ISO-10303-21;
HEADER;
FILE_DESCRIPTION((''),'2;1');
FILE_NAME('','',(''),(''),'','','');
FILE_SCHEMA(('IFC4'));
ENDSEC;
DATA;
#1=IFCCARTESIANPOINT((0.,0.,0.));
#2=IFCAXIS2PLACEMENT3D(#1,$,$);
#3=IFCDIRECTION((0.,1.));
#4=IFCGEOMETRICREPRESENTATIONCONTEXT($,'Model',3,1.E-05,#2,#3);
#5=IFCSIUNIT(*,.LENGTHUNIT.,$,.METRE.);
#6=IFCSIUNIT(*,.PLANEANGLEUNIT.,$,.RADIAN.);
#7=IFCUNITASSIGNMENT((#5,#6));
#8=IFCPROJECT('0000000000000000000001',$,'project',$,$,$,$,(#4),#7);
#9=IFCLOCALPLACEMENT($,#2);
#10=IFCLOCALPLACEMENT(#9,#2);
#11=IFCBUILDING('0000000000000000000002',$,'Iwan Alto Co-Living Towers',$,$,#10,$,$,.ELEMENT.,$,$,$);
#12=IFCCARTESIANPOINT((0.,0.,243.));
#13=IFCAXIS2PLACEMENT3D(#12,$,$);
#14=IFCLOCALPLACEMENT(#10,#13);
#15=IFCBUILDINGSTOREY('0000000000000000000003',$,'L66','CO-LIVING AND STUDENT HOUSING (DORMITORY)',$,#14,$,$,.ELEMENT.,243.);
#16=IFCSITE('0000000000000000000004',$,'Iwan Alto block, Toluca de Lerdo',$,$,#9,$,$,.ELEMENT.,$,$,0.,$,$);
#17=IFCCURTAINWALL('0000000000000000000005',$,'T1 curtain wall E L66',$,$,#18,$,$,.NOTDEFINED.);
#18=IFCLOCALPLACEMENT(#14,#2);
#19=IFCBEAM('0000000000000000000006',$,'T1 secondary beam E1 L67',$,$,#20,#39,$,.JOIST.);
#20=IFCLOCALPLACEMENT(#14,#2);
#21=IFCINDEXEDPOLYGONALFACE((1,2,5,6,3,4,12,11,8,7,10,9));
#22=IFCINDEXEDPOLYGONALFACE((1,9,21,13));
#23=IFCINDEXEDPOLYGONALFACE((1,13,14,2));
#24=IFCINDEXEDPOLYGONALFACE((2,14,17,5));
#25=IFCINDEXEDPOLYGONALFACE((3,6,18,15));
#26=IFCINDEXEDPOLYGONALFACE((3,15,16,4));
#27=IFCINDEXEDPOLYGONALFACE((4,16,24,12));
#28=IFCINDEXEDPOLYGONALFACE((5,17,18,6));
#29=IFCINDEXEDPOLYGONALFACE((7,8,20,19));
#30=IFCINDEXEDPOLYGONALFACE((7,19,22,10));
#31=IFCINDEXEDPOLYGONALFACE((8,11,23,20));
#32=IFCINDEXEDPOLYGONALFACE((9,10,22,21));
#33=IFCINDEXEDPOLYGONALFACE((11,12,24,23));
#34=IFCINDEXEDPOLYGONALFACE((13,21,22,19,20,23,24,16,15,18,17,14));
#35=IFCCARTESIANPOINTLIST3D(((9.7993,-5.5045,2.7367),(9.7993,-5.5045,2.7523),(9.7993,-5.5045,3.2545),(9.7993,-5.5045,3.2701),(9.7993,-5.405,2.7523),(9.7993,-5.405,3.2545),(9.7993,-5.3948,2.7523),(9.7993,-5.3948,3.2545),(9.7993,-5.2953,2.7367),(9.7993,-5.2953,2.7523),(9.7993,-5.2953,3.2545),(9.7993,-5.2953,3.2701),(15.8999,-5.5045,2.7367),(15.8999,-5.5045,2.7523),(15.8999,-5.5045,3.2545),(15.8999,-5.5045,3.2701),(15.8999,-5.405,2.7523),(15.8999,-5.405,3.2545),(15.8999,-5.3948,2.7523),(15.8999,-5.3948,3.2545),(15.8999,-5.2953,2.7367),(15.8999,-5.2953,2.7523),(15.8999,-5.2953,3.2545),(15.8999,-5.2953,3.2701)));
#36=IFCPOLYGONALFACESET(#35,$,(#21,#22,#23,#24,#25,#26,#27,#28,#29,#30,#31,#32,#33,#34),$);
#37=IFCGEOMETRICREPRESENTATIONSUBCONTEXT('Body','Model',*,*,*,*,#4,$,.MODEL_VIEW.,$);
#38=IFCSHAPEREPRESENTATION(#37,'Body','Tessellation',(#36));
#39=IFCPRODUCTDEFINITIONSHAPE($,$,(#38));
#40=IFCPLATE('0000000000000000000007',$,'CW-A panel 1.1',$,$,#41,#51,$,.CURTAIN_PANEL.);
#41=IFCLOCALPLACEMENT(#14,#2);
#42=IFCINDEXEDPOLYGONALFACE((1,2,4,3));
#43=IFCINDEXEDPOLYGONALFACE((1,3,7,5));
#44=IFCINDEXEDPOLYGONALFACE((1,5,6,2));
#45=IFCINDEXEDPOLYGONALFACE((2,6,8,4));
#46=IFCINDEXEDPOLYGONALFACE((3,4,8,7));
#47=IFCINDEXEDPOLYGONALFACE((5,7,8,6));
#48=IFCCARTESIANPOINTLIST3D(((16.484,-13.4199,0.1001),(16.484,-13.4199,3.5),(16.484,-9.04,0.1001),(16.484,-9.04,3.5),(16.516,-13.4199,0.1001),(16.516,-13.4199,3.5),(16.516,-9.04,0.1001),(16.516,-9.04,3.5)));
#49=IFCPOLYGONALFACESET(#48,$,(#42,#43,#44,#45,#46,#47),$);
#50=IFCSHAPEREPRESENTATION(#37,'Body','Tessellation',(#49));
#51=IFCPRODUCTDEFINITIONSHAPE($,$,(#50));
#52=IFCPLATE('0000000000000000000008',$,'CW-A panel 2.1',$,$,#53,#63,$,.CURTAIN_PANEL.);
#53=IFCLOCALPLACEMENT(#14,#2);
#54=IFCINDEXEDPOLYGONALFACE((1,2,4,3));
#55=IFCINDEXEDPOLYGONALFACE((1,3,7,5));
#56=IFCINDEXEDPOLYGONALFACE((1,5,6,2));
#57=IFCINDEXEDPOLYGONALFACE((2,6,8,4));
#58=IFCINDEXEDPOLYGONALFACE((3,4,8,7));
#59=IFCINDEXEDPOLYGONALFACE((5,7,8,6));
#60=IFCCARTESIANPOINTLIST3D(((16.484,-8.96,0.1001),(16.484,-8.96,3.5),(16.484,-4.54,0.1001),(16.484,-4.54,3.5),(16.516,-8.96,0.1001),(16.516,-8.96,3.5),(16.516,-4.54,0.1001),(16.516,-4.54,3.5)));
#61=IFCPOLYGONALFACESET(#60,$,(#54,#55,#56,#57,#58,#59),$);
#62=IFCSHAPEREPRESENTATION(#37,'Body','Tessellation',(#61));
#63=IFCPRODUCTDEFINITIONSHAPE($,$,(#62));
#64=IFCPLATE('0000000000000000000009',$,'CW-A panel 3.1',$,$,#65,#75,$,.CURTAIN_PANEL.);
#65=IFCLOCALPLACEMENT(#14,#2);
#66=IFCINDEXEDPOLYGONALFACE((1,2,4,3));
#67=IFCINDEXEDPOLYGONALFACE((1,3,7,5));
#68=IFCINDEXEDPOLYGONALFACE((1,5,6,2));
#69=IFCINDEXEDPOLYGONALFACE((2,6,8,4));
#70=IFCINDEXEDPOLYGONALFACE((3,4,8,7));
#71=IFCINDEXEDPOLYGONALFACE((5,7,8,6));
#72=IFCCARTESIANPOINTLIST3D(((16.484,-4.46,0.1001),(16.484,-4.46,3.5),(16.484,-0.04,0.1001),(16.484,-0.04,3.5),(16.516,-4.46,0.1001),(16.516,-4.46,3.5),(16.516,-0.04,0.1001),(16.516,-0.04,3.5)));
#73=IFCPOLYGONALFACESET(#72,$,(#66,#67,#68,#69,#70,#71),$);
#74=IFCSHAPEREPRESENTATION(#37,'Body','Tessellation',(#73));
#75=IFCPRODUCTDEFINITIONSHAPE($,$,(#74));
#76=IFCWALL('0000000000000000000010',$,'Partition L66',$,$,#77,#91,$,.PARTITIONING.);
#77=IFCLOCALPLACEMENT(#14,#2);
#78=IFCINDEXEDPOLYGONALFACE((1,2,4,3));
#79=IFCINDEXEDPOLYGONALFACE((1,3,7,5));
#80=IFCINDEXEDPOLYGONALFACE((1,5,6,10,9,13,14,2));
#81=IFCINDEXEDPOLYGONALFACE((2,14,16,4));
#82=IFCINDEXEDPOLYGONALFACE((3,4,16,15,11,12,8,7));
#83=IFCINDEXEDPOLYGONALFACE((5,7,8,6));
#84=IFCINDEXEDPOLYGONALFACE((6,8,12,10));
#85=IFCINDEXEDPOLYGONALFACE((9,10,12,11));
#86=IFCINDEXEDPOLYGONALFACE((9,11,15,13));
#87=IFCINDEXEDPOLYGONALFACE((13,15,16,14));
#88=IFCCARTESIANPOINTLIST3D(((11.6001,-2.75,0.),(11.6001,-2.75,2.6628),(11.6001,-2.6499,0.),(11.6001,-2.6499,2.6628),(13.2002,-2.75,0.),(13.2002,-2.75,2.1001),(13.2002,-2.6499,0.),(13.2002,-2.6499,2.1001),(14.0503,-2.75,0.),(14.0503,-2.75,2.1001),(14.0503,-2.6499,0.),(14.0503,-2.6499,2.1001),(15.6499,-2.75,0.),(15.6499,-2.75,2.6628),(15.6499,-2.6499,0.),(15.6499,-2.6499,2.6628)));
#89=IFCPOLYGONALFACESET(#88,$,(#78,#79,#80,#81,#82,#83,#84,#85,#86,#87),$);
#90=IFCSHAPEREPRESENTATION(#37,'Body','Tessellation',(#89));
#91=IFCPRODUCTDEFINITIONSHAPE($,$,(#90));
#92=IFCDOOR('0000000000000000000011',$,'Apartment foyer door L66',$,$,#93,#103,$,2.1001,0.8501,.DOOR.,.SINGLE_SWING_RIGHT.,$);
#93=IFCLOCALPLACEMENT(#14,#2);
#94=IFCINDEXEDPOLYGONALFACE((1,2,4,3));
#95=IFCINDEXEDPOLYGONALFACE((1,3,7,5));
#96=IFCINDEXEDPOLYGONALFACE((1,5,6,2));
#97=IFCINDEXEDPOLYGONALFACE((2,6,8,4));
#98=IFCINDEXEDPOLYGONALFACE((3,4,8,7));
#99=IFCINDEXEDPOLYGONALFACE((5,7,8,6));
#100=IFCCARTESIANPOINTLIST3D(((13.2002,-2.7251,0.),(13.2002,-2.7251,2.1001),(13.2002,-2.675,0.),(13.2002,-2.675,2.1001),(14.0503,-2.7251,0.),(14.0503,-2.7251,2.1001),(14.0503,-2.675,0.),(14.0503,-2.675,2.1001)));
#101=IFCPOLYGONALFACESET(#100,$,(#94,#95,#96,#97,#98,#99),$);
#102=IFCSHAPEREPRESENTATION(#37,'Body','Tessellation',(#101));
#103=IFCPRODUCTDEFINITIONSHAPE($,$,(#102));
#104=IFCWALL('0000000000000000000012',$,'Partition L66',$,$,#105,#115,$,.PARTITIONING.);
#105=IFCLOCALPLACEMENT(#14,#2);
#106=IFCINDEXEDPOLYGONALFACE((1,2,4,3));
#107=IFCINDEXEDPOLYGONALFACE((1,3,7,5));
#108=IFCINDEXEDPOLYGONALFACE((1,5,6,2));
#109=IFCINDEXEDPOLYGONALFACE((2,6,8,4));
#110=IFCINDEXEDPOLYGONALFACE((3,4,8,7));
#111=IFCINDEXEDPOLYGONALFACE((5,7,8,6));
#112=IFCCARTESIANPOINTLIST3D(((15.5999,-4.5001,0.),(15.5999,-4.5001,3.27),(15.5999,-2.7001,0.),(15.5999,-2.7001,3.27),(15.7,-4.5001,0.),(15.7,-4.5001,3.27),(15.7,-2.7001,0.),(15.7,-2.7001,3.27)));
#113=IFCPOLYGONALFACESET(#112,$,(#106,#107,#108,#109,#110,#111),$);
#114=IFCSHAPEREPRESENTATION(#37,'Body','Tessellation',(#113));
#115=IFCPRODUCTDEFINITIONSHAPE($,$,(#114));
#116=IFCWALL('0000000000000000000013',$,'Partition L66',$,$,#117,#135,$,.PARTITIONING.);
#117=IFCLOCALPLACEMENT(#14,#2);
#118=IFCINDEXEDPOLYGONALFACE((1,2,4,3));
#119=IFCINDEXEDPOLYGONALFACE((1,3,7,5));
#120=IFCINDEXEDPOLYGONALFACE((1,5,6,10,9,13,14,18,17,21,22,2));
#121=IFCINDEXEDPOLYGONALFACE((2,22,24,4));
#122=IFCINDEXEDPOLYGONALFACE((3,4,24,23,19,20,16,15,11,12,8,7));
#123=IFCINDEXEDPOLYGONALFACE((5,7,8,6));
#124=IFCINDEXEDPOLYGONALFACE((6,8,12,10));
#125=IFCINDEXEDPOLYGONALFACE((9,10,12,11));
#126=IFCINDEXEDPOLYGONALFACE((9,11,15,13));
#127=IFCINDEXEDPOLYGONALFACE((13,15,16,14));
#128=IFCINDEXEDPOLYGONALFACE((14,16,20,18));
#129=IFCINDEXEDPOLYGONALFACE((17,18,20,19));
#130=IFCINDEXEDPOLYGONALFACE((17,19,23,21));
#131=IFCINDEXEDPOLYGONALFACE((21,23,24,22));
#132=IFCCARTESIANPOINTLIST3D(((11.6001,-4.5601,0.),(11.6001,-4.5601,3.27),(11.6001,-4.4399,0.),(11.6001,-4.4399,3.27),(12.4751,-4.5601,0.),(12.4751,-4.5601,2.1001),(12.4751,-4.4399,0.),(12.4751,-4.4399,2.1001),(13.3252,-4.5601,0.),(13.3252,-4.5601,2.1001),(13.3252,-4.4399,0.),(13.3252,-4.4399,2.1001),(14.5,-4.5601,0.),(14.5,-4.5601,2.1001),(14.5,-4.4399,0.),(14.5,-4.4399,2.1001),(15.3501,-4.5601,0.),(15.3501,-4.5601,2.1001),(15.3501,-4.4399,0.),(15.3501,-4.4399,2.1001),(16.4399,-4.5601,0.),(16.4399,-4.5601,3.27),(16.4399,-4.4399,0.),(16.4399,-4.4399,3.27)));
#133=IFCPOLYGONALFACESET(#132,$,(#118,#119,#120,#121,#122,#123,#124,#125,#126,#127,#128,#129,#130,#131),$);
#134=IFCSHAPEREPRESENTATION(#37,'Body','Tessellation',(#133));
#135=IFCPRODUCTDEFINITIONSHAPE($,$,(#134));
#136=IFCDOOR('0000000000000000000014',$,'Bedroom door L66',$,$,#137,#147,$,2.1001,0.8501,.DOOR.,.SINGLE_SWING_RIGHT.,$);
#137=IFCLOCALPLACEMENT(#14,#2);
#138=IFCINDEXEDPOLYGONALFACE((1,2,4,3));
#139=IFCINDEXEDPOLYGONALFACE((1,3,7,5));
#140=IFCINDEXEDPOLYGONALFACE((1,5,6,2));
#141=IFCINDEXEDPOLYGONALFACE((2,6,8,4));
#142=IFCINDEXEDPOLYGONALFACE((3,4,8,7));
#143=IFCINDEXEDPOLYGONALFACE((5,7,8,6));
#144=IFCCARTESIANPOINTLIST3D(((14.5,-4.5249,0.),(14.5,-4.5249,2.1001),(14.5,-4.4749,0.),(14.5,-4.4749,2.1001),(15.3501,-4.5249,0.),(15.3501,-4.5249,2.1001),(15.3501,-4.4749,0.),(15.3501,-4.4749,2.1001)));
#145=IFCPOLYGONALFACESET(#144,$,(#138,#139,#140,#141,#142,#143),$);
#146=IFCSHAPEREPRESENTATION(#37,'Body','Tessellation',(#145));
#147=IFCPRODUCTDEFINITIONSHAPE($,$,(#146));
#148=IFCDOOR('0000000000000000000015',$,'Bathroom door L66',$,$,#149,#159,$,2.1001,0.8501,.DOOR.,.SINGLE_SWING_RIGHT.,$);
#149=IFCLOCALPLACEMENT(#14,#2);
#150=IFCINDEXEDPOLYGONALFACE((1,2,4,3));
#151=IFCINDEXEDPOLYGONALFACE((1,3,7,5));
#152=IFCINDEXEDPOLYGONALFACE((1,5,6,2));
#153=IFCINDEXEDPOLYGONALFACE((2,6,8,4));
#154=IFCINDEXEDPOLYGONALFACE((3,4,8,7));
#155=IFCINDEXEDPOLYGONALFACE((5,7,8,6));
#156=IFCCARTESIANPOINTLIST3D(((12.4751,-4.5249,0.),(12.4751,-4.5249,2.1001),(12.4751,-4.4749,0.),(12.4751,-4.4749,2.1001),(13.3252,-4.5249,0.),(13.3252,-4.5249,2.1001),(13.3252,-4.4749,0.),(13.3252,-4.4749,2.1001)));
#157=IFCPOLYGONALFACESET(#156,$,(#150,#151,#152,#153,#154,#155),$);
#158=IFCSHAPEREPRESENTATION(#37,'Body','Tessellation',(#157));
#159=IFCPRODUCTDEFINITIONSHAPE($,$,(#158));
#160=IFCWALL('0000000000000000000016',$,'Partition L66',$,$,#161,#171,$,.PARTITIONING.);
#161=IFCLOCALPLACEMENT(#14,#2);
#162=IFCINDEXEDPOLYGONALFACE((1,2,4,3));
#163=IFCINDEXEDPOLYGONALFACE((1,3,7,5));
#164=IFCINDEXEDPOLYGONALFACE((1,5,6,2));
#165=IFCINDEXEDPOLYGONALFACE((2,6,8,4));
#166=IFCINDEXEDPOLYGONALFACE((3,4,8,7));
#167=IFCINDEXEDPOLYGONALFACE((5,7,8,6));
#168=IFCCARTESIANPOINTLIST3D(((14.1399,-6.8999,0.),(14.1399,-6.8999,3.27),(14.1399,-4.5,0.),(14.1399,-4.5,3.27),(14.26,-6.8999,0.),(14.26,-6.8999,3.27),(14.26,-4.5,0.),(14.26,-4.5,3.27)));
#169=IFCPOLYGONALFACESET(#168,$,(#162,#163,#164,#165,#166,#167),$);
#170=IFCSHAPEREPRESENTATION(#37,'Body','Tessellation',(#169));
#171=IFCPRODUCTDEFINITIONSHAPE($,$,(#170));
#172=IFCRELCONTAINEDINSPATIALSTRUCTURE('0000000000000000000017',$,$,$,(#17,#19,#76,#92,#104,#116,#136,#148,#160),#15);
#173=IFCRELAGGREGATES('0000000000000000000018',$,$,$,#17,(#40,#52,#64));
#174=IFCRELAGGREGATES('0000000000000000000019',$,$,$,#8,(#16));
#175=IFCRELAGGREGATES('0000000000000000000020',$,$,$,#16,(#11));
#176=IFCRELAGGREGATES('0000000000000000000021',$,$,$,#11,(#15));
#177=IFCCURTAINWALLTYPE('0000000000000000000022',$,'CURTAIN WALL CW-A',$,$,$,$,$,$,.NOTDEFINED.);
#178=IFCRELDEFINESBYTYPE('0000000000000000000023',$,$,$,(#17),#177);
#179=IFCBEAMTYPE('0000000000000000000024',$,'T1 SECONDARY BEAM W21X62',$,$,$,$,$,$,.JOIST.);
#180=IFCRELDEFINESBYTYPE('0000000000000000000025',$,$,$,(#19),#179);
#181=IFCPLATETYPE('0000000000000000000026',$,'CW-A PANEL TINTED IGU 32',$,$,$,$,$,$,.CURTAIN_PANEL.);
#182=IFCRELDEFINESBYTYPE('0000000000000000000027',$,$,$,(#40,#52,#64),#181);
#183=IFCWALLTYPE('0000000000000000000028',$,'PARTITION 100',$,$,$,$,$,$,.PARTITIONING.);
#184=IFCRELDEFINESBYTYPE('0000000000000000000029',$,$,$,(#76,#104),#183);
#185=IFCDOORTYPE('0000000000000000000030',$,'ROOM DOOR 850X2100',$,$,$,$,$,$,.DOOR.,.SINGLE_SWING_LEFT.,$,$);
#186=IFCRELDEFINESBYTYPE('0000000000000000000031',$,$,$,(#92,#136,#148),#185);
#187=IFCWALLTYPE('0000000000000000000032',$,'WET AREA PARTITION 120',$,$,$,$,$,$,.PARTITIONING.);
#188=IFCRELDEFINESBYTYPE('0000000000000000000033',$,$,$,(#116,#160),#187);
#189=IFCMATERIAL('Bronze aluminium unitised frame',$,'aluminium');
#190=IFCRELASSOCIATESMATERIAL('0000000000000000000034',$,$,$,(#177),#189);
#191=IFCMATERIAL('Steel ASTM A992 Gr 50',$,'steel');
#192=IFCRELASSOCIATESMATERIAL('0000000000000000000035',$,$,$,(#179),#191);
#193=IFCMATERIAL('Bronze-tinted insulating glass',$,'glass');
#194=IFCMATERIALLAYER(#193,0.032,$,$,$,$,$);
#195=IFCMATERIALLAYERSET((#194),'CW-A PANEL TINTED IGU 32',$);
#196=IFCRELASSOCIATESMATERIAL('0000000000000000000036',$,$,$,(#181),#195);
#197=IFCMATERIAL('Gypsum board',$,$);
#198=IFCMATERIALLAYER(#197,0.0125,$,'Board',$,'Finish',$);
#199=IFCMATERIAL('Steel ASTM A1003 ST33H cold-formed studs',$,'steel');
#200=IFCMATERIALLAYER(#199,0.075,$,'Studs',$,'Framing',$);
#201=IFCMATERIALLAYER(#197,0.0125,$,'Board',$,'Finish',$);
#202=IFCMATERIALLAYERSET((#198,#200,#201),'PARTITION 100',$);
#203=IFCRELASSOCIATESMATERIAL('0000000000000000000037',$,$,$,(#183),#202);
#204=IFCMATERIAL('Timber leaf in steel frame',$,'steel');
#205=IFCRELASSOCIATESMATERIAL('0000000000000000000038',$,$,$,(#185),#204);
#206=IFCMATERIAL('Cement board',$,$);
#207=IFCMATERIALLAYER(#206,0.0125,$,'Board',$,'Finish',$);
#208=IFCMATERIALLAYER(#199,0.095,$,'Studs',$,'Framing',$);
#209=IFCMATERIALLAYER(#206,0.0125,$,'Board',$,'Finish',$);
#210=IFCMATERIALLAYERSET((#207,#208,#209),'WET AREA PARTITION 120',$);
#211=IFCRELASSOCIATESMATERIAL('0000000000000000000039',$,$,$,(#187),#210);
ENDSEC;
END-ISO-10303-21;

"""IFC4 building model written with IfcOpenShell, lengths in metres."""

from ifc_helpers import new_model, si_unit, direction, frame, frame_2d, origin, origin_2d, place, context, subcontext, project, spatial, rectangle, i_section, extrude, material, layer, layer_set, material_profile, profile_set, type_object, element, fill, aggregate, save


model = new_model("IFC4")

# Units and contexts
model_context = context("Model", 3, precision=1e-05, world=origin(), true_north=direction((0.0, 1.0)))
body_context = subcontext(model_context, "Body", "Model", "MODEL_VIEW")
ifc_project = project(units=[si_unit("LENGTHUNIT", "METRE"), si_unit("PLANEANGLEUNIT", "RADIAN")], contexts=[model_context])

# Site, building, storey
site_placement = place(None, origin())
site = spatial("IfcSite", under=ifc_project, at=site_placement, Name="Iwan Alto block, Toluca de Lerdo", CompositionType="ELEMENT", RefElevation=0.0)
building_placement = place(site_placement, origin())
building = spatial("IfcBuilding", under=site, at=building_placement, Name="Iwan Alto Co-Living Towers", CompositionType="ELEMENT")
storey_placement = place(building_placement, frame((0.0, 0.0, 243.0)))
storey = spatial("IfcBuildingStorey", under=building, at=storey_placement, Name="L66", Description="CO-LIVING AND STUDENT HOUSING (DORMITORY)", CompositionType="ELEMENT", Elevation=243.0)

# Curtain wall
ifc_material_1 = material(Name="Bronze aluminium unitised frame", Category="aluminium")
curtain_wall_type = type_object("IfcCurtainWallType", Name="CURTAIN WALL CW-A", PredefinedType="NOTDEFINED", material=ifc_material_1)
curtain_wall_placement = place(storey_placement, origin())
curtain_wall = element("IfcCurtainWall", 1, at=curtain_wall_placement, inside=storey, type_object=curtain_wall_type, Name="T1 curtain wall E L66", PredefinedType="NOTDEFINED")

# Beam
ifc_material_2 = material(Name="Steel ASTM A992 Gr 50", Category="steel")
ifc_material_profile_1 = material_profile(ifc_material_2, i_section(OverallWidth=0.2092, OverallDepth=0.5334, WebThickness=0.0103, FlangeThickness=0.0156, at=origin_2d()), Name="W21X62")
ifc_profile_set_1 = profile_set([ifc_material_profile_1], Name="Steel ASTM A992 Gr 50")
beam_type_1 = type_object("IfcBeamType", Name="T1 SECONDARY BEAM W21X62", PredefinedType="JOIST", material=ifc_profile_set_1)
beam_1_placement = place(storey_placement, frame((15.8999, -5.3999, 3.0034), z_axis=(-1.0, 0.0, 0.0), x_axis=(0.0, -1.0, 0.0)))
element("IfcBeam", 2, at=beam_1_placement, inside=storey, type_object=beam_type_1, Name="T1 secondary beam E1 L67", PredefinedType="JOIST", context=body_context, shape_type="SweptSolid", body=[
    extrude(i_section(OverallWidth=0.2092, OverallDepth=0.5334, WebThickness=0.0103, FlangeThickness=0.0156, at=origin_2d()), origin(), (0.0, 0.0, 1.0), 6.1006),
])

# Plates
ifc_material_3 = material(Name="Bronze-tinted insulating glass", Category="glass")
ifc_layer_1 = layer(ifc_material_3, 0.032)
ifc_layer_set_1 = layer_set([ifc_layer_1], Name="CW-A PANEL TINTED IGU 32")
plate_type = type_object("IfcPlateType", Name="CW-A PANEL TINTED IGU 32", PredefinedType="CURTAIN_PANEL", material=ifc_layer_set_1)
plate_1_placement = place(storey_placement, frame((16.5, -11.23, 0.1001), z_axis=(0.0, 0.0, 1.0), x_axis=(0.0, 1.0, 0.0)))
plate_1 = element("IfcPlate", 3, at=plate_1_placement, type_object=plate_type, Name="CW-A panel 1.1", PredefinedType="CURTAIN_PANEL", context=body_context, shape_type="SweptSolid", body=[
    extrude(rectangle(XDim=4.3799, YDim=0.032, at=origin_2d()), origin(), (0.0, 0.0, 1.0), 3.3999),
])
plate_2_placement = place(storey_placement, frame((16.5, -6.75, 0.1001), z_axis=(0.0, 0.0, 1.0), x_axis=(0.0, 1.0, 0.0)))
plate_2 = element("IfcPlate", 4, at=plate_2_placement, type_object=plate_type, Name="CW-A panel 2.1", PredefinedType="CURTAIN_PANEL", context=body_context, shape_type="SweptSolid", body=[
    extrude(rectangle(XDim=4.4199, YDim=0.032, at=origin_2d()), origin(), (0.0, 0.0, 1.0), 3.3999),
])
plate_3_placement = place(storey_placement, frame((16.5, -2.25, 0.1001), z_axis=(0.0, 0.0, 1.0), x_axis=(0.0, 1.0, 0.0)))
plate_3 = element("IfcPlate", 5, at=plate_3_placement, type_object=plate_type, Name="CW-A panel 3.1", PredefinedType="CURTAIN_PANEL", context=body_context, shape_type="SweptSolid", body=[
    extrude(rectangle(XDim=4.4199, YDim=0.032, at=origin_2d()), origin(), (0.0, 0.0, 1.0), 3.3999),
])
aggregate(curtain_wall, [plate_1, plate_2, plate_3])

# Wall, opening, door
ifc_material_4 = material(Name="Gypsum board")
ifc_layer_2 = layer(ifc_material_4, 0.0125, Name="Board", Category="Finish")
ifc_material_5 = material(Name="Steel ASTM A1003 ST33H cold-formed studs", Category="steel")
ifc_layer_3 = layer(ifc_material_5, 0.075, Name="Studs", Category="Framing")
ifc_layer_4 = layer(ifc_material_4, 0.0125, Name="Board", Category="Finish")
ifc_layer_set_2 = layer_set([ifc_layer_2, ifc_layer_3, ifc_layer_4], Name="PARTITION 100")
wall_type_1 = type_object("IfcWallType", Name="PARTITION 100", PredefinedType="PARTITIONING", material=ifc_layer_set_2)
wall_1_placement = place(storey_placement, frame((11.6001, -2.7, 0.0), z_axis=(0.0, 0.0, 1.0), x_axis=(1.0, 0.0, 0.0)))
wall_1 = element("IfcWall", 6, at=wall_1_placement, inside=storey, type_object=wall_type_1, Name="Partition L66", PredefinedType="PARTITIONING", context=body_context, shape_type="SweptSolid", body=[
    extrude(rectangle(XDim=4.0498, YDim=0.1001, at=frame_2d((2.0249, 0.0))), origin(), (0.0, 0.0, 1.0), 2.6628),
])
opening_1_placement = place(wall_1_placement, frame((1.6001, 0.0, 0.0)))
opening_1 = element("IfcOpeningElement", 7, at=opening_1_placement, cuts=wall_1, PredefinedType="OPENING", context=body_context, shape_type="SweptSolid", body=[
    extrude(rectangle(XDim=0.8501, YDim=2.1001, at=frame_2d((0.425, 1.05))), frame((0.0, 0.0601, 0.0), z_axis=(0.0, -1.0, 0.0), x_axis=(1.0, 0.0, 0.0)), (0.0, 0.0, 1.0), 0.1201),
])
ifc_material_6 = material(Name="Timber leaf in steel frame", Category="steel")
door_type = type_object("IfcDoorType", Name="ROOM DOOR 850X2100", OperationType="SINGLE_SWING_LEFT", PredefinedType="DOOR", material=ifc_material_6)
door_1_placement = place(opening_1_placement, origin())
door_1 = element("IfcDoor", 8, at=door_1_placement, inside=storey, type_object=door_type, Name="Apartment foyer door L66", OperationType="SINGLE_SWING_RIGHT", OverallHeight=2.1001, OverallWidth=0.8501, PredefinedType="DOOR", context=body_context, shape_type="SweptSolid", body=[
    extrude(rectangle(XDim=0.8501, YDim=2.1001, at=frame_2d((0.425, 1.05))), frame((0.0, 0.0249, 0.0), z_axis=(0.0, -1.0, 0.0), x_axis=(1.0, 0.0, 0.0)), (0.0, 0.0, 1.0), 0.05),
])
fill(opening_1, door_1)

# Wall
wall_2_placement = place(storey_placement, frame((15.6499, -4.5, 0.0), z_axis=(0.0, 0.0, 1.0), x_axis=(0.0, 1.0, 0.0)))
element("IfcWall", 9, at=wall_2_placement, inside=storey, type_object=wall_type_1, Name="Partition L66", PredefinedType="PARTITIONING", context=body_context, shape_type="SweptSolid", body=[
    extrude(rectangle(XDim=1.8, YDim=0.1001, at=frame_2d((0.8999, 0.0))), origin(), (0.0, 0.0, 1.0), 3.27),
])

# Wall, openings, doors
ifc_material_7 = material(Name="Cement board")
ifc_layer_5 = layer(ifc_material_7, 0.0125, Name="Board", Category="Finish")
ifc_layer_6 = layer(ifc_material_5, 0.095, Name="Studs", Category="Framing")
ifc_layer_7 = layer(ifc_material_7, 0.0125, Name="Board", Category="Finish")
ifc_layer_set_3 = layer_set([ifc_layer_5, ifc_layer_6, ifc_layer_7], Name="WET AREA PARTITION 120")
wall_type_2 = type_object("IfcWallType", Name="WET AREA PARTITION 120", PredefinedType="PARTITIONING", material=ifc_layer_set_3)
wall_3_placement = place(storey_placement, frame((11.6001, -4.5, 0.0), z_axis=(0.0, 0.0, 1.0), x_axis=(1.0, 0.0, 0.0)))
wall_3 = element("IfcWall", 10, at=wall_3_placement, inside=storey, type_object=wall_type_2, Name="Partition L66", PredefinedType="PARTITIONING", context=body_context, shape_type="SweptSolid", body=[
    extrude(rectangle(XDim=4.8398, YDim=0.1201, at=frame_2d((2.4199, 0.0))), origin(), (0.0, 0.0, 1.0), 3.27),
])
opening_2_placement = place(wall_3_placement, frame((2.8999, 0.0, 0.0)))
opening_2 = element("IfcOpeningElement", 11, at=opening_2_placement, cuts=wall_3, PredefinedType="OPENING", context=body_context, shape_type="SweptSolid", body=[
    extrude(rectangle(XDim=0.8501, YDim=2.1001, at=frame_2d((0.425, 1.05))), frame((0.0, 0.0701, 0.0), z_axis=(0.0, -1.0, 0.0), x_axis=(1.0, 0.0, 0.0)), (0.0, 0.0, 1.0), 0.1401),
])
opening_3_placement = place(wall_3_placement, frame((0.875, 0.0, 0.0)))
opening_3 = element("IfcOpeningElement", 12, at=opening_3_placement, cuts=wall_3, PredefinedType="OPENING", context=body_context, shape_type="SweptSolid", body=[
    extrude(rectangle(XDim=0.8501, YDim=2.1001, at=frame_2d((0.425, 1.05))), frame((0.0, 0.0701, 0.0), z_axis=(0.0, -1.0, 0.0), x_axis=(1.0, 0.0, 0.0)), (0.0, 0.0, 1.0), 0.1401),
])
door_2_placement = place(opening_2_placement, frame((0.8501, 0.0, 0.0), z_axis=(0.0, 0.0, 1.0), x_axis=(-1.0, 0.0, 0.0)))
door_2 = element("IfcDoor", 13, at=door_2_placement, inside=storey, type_object=door_type, Name="Bedroom door L66", OperationType="SINGLE_SWING_RIGHT", OverallHeight=2.1001, OverallWidth=0.8501, PredefinedType="DOOR", context=body_context, shape_type="SweptSolid", body=[
    extrude(rectangle(XDim=0.8501, YDim=2.1001, at=frame_2d((0.425, 1.05))), frame((0.0, 0.0249, 0.0), z_axis=(0.0, -1.0, 0.0), x_axis=(1.0, 0.0, 0.0)), (0.0, 0.0, 1.0), 0.05),
])
fill(opening_2, door_2)
door_3_placement = place(opening_3_placement, frame((0.8501, 0.0, 0.0), z_axis=(0.0, 0.0, 1.0), x_axis=(-1.0, 0.0, 0.0)))
door_3 = element("IfcDoor", 14, at=door_3_placement, inside=storey, type_object=door_type, Name="Bathroom door L66", OperationType="SINGLE_SWING_RIGHT", OverallHeight=2.1001, OverallWidth=0.8501, PredefinedType="DOOR", context=body_context, shape_type="SweptSolid", body=[
    extrude(rectangle(XDim=0.8501, YDim=2.1001, at=frame_2d((0.425, 1.05))), frame((0.0, 0.0249, 0.0), z_axis=(0.0, -1.0, 0.0), x_axis=(1.0, 0.0, 0.0)), (0.0, 0.0, 1.0), 0.05),
])
fill(opening_3, door_3)

# Wall
wall_4_placement = place(storey_placement, frame((14.2, -6.8999, 0.0), z_axis=(0.0, 0.0, 1.0), x_axis=(0.0, 1.0, 0.0)))
element("IfcWall", 15, at=wall_4_placement, inside=storey, type_object=wall_type_2, Name="Partition L66", PredefinedType="PARTITIONING", context=body_context, shape_type="SweptSolid", body=[
    extrude(rectangle(XDim=2.3999, YDim=0.1201, at=frame_2d((1.2, 0.0))), origin(), (0.0, 0.0, 1.0), 3.27),
])

save(model, "model.ifc")
